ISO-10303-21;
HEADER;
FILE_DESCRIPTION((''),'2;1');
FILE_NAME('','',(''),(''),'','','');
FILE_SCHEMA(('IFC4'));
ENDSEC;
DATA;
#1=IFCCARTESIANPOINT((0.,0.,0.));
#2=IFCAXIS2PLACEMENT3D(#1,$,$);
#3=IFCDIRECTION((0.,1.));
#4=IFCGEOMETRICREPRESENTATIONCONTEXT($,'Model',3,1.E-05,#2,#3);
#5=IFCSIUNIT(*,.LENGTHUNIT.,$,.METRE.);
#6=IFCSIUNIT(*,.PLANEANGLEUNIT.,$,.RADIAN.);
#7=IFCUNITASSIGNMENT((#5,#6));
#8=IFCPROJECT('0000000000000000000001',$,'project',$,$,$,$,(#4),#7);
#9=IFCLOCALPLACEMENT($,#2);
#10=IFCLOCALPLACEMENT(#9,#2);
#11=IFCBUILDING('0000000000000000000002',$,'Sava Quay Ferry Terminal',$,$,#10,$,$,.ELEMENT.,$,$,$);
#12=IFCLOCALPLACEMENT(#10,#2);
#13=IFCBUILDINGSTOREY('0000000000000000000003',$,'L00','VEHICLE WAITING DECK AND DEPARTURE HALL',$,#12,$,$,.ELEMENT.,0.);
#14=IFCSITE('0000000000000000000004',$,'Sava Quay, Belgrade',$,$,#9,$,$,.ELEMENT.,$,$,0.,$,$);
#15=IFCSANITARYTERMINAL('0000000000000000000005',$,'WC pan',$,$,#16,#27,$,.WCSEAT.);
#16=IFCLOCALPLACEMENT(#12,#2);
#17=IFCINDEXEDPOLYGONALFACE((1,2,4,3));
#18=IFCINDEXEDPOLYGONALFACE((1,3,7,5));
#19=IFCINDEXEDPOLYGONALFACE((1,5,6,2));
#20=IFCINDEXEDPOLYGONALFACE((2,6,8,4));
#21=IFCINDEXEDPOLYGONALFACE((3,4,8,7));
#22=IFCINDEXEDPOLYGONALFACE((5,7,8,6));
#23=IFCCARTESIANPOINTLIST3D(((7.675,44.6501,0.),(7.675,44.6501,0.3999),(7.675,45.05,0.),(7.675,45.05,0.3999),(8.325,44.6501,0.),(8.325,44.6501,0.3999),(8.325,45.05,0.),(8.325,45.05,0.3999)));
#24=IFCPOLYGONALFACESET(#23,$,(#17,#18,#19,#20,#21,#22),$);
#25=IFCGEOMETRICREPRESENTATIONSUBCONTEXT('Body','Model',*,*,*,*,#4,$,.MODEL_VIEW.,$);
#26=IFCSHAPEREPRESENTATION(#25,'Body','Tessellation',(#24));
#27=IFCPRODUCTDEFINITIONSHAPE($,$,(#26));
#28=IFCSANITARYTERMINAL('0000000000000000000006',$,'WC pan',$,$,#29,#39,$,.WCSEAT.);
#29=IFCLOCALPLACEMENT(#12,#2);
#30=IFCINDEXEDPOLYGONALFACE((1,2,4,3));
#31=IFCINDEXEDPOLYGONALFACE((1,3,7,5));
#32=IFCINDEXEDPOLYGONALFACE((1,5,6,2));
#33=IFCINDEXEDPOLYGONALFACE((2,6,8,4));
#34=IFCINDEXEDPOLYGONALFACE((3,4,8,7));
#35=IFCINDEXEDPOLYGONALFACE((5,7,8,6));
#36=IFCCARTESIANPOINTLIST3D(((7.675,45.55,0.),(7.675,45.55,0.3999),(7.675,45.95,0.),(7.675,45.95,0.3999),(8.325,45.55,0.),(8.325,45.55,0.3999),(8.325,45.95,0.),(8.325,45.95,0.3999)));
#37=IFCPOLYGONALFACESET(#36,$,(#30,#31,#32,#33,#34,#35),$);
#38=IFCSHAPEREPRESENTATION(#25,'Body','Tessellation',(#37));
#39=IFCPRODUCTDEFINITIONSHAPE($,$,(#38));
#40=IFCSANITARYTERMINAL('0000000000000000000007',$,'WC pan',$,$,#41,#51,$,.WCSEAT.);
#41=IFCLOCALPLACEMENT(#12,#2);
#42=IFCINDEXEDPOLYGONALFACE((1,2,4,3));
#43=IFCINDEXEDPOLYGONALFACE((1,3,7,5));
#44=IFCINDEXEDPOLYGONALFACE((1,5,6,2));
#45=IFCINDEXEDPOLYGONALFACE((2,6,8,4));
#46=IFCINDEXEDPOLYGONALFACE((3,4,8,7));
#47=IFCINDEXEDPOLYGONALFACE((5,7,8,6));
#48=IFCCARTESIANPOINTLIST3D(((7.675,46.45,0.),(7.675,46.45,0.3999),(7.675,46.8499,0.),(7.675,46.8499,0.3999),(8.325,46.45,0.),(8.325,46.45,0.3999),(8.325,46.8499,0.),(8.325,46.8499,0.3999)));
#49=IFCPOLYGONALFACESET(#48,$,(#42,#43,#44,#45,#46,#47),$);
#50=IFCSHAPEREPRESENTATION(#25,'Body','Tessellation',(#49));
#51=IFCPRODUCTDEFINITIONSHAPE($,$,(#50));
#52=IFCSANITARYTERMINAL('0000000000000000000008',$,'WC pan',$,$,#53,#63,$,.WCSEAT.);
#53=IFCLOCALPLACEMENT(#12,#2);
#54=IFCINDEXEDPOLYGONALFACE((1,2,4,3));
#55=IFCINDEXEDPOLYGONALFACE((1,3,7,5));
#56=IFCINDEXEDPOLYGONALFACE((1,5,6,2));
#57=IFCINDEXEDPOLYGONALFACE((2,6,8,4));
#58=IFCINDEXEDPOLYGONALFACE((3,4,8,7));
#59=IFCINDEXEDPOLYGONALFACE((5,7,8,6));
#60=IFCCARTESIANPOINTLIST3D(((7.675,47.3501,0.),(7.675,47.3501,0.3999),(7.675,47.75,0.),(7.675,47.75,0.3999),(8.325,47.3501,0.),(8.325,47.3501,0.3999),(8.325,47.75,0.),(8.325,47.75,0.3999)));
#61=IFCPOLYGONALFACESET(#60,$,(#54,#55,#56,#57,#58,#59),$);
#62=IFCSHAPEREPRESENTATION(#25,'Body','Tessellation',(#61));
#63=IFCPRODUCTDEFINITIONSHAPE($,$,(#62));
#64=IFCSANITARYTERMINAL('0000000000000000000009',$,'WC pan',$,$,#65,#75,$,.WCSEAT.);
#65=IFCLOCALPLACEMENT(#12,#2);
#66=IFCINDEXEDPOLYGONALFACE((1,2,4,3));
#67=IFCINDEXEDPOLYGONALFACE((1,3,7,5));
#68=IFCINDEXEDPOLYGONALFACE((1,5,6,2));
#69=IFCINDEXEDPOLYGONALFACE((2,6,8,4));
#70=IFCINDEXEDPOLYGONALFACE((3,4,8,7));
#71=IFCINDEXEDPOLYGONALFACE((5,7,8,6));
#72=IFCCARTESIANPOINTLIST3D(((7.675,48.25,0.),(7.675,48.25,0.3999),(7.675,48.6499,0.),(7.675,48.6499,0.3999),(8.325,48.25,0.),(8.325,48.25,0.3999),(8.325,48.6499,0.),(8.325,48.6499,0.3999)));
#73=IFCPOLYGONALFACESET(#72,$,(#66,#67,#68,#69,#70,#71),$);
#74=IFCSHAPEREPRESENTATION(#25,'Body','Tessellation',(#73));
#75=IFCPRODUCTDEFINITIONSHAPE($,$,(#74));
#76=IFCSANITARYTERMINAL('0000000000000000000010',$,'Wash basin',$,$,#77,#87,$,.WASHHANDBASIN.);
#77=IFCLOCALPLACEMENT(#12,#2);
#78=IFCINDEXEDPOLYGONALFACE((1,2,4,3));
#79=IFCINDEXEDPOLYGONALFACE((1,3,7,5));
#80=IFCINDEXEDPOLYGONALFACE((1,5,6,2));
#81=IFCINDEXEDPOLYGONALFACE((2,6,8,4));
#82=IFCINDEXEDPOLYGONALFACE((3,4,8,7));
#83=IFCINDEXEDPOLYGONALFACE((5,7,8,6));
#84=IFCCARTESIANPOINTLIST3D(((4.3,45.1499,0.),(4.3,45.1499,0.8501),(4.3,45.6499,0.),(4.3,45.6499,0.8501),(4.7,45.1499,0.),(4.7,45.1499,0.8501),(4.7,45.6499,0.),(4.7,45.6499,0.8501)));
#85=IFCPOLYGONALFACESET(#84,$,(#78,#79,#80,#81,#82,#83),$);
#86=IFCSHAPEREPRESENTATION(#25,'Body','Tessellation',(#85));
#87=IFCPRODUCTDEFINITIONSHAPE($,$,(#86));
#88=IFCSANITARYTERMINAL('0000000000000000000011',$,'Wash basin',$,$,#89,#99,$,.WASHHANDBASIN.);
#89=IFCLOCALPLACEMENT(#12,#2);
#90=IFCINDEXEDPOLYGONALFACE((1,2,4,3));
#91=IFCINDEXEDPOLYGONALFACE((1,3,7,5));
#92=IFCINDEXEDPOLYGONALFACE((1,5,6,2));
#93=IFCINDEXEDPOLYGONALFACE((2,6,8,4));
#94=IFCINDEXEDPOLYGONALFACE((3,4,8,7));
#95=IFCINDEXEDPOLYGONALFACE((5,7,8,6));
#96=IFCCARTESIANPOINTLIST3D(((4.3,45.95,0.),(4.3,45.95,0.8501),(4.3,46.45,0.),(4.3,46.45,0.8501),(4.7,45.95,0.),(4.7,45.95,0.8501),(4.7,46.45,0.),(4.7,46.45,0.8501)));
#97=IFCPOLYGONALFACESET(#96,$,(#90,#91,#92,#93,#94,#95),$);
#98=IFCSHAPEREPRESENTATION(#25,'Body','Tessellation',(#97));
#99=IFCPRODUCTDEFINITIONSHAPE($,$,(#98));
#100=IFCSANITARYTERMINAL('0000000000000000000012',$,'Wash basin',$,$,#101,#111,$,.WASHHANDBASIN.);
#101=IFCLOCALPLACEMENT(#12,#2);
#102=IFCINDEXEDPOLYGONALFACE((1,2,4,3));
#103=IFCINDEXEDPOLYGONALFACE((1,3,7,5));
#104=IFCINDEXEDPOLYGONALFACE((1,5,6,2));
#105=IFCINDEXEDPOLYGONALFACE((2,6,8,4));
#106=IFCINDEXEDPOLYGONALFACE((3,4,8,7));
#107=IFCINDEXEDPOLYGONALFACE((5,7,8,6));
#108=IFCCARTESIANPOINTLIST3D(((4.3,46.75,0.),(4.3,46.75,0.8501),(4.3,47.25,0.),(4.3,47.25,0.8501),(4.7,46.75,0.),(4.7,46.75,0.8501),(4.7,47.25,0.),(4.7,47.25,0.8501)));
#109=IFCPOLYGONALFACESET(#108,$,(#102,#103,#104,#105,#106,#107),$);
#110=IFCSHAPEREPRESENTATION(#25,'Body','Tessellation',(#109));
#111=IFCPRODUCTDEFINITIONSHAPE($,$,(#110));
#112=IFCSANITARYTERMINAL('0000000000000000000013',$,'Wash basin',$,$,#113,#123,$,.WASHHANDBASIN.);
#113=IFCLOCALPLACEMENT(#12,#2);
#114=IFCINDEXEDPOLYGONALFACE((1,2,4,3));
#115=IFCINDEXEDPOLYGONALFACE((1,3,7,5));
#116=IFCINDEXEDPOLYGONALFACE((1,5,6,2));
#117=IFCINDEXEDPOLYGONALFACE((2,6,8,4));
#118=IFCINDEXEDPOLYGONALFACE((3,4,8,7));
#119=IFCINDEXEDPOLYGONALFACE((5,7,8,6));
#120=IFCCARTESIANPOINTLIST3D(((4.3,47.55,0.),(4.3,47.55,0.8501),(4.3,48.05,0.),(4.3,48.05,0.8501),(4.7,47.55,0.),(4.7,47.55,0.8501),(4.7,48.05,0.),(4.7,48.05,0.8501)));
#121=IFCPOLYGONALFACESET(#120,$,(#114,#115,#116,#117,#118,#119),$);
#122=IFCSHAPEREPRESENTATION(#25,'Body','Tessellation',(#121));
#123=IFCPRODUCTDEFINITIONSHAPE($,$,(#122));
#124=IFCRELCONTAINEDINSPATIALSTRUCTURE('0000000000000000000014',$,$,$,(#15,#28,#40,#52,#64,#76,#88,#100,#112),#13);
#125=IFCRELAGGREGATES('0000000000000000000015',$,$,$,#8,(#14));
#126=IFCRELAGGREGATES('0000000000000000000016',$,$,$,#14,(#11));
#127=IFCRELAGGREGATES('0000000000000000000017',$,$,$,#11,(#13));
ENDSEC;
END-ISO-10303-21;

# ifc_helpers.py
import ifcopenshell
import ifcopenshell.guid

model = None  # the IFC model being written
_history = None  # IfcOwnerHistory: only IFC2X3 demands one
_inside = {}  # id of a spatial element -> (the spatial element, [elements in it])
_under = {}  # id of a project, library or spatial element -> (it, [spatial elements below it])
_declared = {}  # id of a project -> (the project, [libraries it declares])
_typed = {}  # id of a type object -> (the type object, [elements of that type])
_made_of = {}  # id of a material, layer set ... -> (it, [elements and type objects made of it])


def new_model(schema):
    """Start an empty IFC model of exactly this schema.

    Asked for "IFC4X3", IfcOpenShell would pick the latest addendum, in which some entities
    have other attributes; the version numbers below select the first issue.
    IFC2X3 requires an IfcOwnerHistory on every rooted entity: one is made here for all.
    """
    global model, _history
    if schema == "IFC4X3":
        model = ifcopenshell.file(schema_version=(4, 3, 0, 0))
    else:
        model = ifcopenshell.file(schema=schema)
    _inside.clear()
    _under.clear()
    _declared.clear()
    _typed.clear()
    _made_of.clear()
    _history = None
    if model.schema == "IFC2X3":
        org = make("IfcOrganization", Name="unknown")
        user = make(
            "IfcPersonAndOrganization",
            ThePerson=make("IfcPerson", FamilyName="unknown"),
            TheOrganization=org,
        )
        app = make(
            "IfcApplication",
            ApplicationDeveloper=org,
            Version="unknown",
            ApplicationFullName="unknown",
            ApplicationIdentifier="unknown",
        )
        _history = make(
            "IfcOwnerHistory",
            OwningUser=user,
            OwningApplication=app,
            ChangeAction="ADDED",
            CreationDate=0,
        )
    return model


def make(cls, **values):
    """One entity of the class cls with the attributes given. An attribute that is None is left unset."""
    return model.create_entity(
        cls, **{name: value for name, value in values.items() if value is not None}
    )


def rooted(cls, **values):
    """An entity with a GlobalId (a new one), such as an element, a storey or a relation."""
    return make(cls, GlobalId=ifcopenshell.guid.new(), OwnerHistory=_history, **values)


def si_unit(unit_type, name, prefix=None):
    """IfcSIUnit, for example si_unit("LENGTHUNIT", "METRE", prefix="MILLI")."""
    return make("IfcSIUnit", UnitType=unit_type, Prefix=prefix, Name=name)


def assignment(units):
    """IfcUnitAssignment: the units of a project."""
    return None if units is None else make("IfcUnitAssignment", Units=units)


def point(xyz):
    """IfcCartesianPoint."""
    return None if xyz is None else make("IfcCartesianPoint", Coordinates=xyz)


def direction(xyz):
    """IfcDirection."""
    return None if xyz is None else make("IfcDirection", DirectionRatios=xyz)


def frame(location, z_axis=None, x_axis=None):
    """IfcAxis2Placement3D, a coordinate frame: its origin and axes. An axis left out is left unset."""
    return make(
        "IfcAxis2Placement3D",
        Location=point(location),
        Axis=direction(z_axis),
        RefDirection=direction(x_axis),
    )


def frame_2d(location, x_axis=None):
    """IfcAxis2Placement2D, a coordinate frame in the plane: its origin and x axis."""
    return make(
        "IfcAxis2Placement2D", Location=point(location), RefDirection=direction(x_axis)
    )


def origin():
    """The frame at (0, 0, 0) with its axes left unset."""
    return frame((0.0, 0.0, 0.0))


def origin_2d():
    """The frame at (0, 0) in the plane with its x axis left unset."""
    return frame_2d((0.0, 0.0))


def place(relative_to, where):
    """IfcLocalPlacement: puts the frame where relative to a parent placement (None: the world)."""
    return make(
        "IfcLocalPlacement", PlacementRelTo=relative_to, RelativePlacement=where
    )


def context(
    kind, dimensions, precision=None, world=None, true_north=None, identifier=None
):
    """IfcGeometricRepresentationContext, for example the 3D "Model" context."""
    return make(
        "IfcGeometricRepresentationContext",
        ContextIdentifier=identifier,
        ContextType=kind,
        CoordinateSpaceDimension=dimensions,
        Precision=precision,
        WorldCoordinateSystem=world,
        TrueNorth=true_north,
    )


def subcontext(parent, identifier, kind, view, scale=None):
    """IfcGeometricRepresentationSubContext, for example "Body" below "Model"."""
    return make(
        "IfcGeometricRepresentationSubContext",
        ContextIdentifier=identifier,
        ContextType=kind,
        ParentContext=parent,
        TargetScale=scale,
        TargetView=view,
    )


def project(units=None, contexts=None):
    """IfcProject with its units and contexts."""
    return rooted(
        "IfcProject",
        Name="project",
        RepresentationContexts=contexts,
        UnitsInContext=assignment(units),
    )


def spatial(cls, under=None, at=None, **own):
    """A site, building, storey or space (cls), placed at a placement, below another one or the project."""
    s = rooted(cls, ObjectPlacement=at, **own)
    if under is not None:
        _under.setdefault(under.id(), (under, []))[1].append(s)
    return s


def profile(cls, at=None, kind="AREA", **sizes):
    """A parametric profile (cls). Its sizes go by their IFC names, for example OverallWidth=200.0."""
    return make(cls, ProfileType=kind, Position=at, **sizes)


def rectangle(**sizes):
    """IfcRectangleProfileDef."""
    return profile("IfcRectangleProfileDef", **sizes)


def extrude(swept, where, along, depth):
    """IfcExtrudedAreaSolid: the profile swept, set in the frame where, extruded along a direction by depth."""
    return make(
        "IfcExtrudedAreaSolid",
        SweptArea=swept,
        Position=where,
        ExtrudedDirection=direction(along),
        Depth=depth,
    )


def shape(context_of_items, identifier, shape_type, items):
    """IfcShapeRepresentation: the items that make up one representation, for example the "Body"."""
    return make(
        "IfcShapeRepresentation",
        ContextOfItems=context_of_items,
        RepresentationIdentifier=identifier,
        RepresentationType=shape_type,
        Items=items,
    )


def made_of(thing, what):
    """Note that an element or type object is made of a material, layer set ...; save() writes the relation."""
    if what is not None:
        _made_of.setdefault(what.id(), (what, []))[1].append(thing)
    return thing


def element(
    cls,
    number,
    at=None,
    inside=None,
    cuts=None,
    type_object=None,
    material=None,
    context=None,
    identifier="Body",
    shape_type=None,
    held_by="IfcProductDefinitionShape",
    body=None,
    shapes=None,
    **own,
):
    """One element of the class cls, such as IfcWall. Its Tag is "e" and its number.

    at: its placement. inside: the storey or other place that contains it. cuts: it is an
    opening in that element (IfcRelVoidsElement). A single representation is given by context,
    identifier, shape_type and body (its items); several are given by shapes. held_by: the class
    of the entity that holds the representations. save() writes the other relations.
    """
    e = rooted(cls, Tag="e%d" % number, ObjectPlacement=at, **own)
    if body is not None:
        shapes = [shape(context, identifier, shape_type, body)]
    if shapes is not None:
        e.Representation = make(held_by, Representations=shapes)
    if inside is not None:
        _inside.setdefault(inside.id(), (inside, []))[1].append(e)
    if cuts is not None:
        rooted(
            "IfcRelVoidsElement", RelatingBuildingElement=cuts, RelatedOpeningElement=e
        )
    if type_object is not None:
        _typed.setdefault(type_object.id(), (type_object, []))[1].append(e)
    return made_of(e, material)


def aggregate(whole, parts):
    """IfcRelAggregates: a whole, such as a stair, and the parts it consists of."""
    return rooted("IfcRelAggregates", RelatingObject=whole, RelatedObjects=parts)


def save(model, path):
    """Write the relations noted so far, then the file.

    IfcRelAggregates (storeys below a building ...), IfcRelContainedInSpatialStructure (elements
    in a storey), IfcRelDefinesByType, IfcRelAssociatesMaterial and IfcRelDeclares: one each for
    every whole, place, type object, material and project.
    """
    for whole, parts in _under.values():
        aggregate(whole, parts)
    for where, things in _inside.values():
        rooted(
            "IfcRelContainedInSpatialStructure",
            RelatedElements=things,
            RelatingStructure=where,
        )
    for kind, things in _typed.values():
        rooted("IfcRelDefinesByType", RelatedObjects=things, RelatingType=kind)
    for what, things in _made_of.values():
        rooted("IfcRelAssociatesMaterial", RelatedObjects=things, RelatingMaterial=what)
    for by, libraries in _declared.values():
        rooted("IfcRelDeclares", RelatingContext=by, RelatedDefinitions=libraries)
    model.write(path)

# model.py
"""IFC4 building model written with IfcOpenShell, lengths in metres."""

from ifc_helpers import new_model, si_unit, direction, frame, origin, origin_2d, place, context, subcontext, project, spatial, rectangle, extrude, element, save


model = new_model("IFC4")

# Units and contexts
model_context = context("Model", 3, precision=1e-05, world=origin(), true_north=direction((0.0, 1.0)))
body_context = subcontext(model_context, "Body", "Model", "MODEL_VIEW")
ifc_project = project(units=[si_unit("LENGTHUNIT", "METRE"), si_unit("PLANEANGLEUNIT", "RADIAN")], contexts=[model_context])

# Site, building, storey
site_placement = place(None, origin())
site = spatial("IfcSite", under=ifc_project, at=site_placement, Name="Sava Quay, Belgrade", CompositionType="ELEMENT", RefElevation=0.0)
building_placement = place(site_placement, origin())
building = spatial("IfcBuilding", under=site, at=building_placement, Name="Sava Quay Ferry Terminal", CompositionType="ELEMENT")
storey_placement = place(building_placement, origin())
storey = spatial("IfcBuildingStorey", under=building, at=storey_placement, Name="L00", Description="VEHICLE WAITING DECK AND DEPARTURE HALL", CompositionType="ELEMENT", Elevation=0.0)

# Sanitary terminals
for number, where, z_axis, x_axis, name in (
    (1, (8.0, 44.8501, 0.0), (0.0, 0.0, 1.0), (1.0, 0.0, 0.0), "WC pan"),
    (2, (8.0, 45.75, 0.0), (0.0, 0.0, 1.0), (1.0, 0.0, 0.0), "WC pan"),
    (3, (8.0, 46.6499, 0.0), (0.0, 0.0, 1.0), (1.0, 0.0, 0.0), "WC pan"),
    (4, (8.0, 47.55, 0.0), (0.0, 0.0, 1.0), (1.0, 0.0, 0.0), "WC pan"),
    (5, (8.0, 48.45, 0.0), (0.0, 0.0, 1.0), (1.0, 0.0, 0.0), "WC pan"),
):
    element("IfcSanitaryTerminal", number, at=place(storey_placement, frame(where, z_axis=z_axis, x_axis=x_axis)), inside=storey, Name=name, PredefinedType="WCSEAT", context=body_context, shape_type="SweptSolid", body=[
        extrude(rectangle(XDim=0.6499, YDim=0.3999, at=origin_2d()), origin(), (0.0, 0.0, 1.0), 0.3999),
    ])
for number, where, z_axis, x_axis, name in (
    (6, (4.5, 45.3999, 0.0), (0.0, 0.0, 1.0), (1.0, 0.0, 0.0), "Wash basin"),
    (7, (4.5, 46.2, 0.0), (0.0, 0.0, 1.0), (1.0, 0.0, 0.0), "Wash basin"),
    (8, (4.5, 47.0, 0.0), (0.0, 0.0, 1.0), (1.0, 0.0, 0.0), "Wash basin"),
    (9, (4.5, 47.8, 0.0), (0.0, 0.0, 1.0), (1.0, 0.0, 0.0), "Wash basin"),
):
    element("IfcSanitaryTerminal", number, at=place(storey_placement, frame(where, z_axis=z_axis, x_axis=x_axis)), inside=storey, Name=name, PredefinedType="WASHHANDBASIN", context=body_context, shape_type="SweptSolid", body=[
        extrude(rectangle(XDim=0.3999, YDim=0.5, at=origin_2d()), origin(), (0.0, 0.0, 1.0), 0.8501),
    ])

save(model, "model.ifc")
